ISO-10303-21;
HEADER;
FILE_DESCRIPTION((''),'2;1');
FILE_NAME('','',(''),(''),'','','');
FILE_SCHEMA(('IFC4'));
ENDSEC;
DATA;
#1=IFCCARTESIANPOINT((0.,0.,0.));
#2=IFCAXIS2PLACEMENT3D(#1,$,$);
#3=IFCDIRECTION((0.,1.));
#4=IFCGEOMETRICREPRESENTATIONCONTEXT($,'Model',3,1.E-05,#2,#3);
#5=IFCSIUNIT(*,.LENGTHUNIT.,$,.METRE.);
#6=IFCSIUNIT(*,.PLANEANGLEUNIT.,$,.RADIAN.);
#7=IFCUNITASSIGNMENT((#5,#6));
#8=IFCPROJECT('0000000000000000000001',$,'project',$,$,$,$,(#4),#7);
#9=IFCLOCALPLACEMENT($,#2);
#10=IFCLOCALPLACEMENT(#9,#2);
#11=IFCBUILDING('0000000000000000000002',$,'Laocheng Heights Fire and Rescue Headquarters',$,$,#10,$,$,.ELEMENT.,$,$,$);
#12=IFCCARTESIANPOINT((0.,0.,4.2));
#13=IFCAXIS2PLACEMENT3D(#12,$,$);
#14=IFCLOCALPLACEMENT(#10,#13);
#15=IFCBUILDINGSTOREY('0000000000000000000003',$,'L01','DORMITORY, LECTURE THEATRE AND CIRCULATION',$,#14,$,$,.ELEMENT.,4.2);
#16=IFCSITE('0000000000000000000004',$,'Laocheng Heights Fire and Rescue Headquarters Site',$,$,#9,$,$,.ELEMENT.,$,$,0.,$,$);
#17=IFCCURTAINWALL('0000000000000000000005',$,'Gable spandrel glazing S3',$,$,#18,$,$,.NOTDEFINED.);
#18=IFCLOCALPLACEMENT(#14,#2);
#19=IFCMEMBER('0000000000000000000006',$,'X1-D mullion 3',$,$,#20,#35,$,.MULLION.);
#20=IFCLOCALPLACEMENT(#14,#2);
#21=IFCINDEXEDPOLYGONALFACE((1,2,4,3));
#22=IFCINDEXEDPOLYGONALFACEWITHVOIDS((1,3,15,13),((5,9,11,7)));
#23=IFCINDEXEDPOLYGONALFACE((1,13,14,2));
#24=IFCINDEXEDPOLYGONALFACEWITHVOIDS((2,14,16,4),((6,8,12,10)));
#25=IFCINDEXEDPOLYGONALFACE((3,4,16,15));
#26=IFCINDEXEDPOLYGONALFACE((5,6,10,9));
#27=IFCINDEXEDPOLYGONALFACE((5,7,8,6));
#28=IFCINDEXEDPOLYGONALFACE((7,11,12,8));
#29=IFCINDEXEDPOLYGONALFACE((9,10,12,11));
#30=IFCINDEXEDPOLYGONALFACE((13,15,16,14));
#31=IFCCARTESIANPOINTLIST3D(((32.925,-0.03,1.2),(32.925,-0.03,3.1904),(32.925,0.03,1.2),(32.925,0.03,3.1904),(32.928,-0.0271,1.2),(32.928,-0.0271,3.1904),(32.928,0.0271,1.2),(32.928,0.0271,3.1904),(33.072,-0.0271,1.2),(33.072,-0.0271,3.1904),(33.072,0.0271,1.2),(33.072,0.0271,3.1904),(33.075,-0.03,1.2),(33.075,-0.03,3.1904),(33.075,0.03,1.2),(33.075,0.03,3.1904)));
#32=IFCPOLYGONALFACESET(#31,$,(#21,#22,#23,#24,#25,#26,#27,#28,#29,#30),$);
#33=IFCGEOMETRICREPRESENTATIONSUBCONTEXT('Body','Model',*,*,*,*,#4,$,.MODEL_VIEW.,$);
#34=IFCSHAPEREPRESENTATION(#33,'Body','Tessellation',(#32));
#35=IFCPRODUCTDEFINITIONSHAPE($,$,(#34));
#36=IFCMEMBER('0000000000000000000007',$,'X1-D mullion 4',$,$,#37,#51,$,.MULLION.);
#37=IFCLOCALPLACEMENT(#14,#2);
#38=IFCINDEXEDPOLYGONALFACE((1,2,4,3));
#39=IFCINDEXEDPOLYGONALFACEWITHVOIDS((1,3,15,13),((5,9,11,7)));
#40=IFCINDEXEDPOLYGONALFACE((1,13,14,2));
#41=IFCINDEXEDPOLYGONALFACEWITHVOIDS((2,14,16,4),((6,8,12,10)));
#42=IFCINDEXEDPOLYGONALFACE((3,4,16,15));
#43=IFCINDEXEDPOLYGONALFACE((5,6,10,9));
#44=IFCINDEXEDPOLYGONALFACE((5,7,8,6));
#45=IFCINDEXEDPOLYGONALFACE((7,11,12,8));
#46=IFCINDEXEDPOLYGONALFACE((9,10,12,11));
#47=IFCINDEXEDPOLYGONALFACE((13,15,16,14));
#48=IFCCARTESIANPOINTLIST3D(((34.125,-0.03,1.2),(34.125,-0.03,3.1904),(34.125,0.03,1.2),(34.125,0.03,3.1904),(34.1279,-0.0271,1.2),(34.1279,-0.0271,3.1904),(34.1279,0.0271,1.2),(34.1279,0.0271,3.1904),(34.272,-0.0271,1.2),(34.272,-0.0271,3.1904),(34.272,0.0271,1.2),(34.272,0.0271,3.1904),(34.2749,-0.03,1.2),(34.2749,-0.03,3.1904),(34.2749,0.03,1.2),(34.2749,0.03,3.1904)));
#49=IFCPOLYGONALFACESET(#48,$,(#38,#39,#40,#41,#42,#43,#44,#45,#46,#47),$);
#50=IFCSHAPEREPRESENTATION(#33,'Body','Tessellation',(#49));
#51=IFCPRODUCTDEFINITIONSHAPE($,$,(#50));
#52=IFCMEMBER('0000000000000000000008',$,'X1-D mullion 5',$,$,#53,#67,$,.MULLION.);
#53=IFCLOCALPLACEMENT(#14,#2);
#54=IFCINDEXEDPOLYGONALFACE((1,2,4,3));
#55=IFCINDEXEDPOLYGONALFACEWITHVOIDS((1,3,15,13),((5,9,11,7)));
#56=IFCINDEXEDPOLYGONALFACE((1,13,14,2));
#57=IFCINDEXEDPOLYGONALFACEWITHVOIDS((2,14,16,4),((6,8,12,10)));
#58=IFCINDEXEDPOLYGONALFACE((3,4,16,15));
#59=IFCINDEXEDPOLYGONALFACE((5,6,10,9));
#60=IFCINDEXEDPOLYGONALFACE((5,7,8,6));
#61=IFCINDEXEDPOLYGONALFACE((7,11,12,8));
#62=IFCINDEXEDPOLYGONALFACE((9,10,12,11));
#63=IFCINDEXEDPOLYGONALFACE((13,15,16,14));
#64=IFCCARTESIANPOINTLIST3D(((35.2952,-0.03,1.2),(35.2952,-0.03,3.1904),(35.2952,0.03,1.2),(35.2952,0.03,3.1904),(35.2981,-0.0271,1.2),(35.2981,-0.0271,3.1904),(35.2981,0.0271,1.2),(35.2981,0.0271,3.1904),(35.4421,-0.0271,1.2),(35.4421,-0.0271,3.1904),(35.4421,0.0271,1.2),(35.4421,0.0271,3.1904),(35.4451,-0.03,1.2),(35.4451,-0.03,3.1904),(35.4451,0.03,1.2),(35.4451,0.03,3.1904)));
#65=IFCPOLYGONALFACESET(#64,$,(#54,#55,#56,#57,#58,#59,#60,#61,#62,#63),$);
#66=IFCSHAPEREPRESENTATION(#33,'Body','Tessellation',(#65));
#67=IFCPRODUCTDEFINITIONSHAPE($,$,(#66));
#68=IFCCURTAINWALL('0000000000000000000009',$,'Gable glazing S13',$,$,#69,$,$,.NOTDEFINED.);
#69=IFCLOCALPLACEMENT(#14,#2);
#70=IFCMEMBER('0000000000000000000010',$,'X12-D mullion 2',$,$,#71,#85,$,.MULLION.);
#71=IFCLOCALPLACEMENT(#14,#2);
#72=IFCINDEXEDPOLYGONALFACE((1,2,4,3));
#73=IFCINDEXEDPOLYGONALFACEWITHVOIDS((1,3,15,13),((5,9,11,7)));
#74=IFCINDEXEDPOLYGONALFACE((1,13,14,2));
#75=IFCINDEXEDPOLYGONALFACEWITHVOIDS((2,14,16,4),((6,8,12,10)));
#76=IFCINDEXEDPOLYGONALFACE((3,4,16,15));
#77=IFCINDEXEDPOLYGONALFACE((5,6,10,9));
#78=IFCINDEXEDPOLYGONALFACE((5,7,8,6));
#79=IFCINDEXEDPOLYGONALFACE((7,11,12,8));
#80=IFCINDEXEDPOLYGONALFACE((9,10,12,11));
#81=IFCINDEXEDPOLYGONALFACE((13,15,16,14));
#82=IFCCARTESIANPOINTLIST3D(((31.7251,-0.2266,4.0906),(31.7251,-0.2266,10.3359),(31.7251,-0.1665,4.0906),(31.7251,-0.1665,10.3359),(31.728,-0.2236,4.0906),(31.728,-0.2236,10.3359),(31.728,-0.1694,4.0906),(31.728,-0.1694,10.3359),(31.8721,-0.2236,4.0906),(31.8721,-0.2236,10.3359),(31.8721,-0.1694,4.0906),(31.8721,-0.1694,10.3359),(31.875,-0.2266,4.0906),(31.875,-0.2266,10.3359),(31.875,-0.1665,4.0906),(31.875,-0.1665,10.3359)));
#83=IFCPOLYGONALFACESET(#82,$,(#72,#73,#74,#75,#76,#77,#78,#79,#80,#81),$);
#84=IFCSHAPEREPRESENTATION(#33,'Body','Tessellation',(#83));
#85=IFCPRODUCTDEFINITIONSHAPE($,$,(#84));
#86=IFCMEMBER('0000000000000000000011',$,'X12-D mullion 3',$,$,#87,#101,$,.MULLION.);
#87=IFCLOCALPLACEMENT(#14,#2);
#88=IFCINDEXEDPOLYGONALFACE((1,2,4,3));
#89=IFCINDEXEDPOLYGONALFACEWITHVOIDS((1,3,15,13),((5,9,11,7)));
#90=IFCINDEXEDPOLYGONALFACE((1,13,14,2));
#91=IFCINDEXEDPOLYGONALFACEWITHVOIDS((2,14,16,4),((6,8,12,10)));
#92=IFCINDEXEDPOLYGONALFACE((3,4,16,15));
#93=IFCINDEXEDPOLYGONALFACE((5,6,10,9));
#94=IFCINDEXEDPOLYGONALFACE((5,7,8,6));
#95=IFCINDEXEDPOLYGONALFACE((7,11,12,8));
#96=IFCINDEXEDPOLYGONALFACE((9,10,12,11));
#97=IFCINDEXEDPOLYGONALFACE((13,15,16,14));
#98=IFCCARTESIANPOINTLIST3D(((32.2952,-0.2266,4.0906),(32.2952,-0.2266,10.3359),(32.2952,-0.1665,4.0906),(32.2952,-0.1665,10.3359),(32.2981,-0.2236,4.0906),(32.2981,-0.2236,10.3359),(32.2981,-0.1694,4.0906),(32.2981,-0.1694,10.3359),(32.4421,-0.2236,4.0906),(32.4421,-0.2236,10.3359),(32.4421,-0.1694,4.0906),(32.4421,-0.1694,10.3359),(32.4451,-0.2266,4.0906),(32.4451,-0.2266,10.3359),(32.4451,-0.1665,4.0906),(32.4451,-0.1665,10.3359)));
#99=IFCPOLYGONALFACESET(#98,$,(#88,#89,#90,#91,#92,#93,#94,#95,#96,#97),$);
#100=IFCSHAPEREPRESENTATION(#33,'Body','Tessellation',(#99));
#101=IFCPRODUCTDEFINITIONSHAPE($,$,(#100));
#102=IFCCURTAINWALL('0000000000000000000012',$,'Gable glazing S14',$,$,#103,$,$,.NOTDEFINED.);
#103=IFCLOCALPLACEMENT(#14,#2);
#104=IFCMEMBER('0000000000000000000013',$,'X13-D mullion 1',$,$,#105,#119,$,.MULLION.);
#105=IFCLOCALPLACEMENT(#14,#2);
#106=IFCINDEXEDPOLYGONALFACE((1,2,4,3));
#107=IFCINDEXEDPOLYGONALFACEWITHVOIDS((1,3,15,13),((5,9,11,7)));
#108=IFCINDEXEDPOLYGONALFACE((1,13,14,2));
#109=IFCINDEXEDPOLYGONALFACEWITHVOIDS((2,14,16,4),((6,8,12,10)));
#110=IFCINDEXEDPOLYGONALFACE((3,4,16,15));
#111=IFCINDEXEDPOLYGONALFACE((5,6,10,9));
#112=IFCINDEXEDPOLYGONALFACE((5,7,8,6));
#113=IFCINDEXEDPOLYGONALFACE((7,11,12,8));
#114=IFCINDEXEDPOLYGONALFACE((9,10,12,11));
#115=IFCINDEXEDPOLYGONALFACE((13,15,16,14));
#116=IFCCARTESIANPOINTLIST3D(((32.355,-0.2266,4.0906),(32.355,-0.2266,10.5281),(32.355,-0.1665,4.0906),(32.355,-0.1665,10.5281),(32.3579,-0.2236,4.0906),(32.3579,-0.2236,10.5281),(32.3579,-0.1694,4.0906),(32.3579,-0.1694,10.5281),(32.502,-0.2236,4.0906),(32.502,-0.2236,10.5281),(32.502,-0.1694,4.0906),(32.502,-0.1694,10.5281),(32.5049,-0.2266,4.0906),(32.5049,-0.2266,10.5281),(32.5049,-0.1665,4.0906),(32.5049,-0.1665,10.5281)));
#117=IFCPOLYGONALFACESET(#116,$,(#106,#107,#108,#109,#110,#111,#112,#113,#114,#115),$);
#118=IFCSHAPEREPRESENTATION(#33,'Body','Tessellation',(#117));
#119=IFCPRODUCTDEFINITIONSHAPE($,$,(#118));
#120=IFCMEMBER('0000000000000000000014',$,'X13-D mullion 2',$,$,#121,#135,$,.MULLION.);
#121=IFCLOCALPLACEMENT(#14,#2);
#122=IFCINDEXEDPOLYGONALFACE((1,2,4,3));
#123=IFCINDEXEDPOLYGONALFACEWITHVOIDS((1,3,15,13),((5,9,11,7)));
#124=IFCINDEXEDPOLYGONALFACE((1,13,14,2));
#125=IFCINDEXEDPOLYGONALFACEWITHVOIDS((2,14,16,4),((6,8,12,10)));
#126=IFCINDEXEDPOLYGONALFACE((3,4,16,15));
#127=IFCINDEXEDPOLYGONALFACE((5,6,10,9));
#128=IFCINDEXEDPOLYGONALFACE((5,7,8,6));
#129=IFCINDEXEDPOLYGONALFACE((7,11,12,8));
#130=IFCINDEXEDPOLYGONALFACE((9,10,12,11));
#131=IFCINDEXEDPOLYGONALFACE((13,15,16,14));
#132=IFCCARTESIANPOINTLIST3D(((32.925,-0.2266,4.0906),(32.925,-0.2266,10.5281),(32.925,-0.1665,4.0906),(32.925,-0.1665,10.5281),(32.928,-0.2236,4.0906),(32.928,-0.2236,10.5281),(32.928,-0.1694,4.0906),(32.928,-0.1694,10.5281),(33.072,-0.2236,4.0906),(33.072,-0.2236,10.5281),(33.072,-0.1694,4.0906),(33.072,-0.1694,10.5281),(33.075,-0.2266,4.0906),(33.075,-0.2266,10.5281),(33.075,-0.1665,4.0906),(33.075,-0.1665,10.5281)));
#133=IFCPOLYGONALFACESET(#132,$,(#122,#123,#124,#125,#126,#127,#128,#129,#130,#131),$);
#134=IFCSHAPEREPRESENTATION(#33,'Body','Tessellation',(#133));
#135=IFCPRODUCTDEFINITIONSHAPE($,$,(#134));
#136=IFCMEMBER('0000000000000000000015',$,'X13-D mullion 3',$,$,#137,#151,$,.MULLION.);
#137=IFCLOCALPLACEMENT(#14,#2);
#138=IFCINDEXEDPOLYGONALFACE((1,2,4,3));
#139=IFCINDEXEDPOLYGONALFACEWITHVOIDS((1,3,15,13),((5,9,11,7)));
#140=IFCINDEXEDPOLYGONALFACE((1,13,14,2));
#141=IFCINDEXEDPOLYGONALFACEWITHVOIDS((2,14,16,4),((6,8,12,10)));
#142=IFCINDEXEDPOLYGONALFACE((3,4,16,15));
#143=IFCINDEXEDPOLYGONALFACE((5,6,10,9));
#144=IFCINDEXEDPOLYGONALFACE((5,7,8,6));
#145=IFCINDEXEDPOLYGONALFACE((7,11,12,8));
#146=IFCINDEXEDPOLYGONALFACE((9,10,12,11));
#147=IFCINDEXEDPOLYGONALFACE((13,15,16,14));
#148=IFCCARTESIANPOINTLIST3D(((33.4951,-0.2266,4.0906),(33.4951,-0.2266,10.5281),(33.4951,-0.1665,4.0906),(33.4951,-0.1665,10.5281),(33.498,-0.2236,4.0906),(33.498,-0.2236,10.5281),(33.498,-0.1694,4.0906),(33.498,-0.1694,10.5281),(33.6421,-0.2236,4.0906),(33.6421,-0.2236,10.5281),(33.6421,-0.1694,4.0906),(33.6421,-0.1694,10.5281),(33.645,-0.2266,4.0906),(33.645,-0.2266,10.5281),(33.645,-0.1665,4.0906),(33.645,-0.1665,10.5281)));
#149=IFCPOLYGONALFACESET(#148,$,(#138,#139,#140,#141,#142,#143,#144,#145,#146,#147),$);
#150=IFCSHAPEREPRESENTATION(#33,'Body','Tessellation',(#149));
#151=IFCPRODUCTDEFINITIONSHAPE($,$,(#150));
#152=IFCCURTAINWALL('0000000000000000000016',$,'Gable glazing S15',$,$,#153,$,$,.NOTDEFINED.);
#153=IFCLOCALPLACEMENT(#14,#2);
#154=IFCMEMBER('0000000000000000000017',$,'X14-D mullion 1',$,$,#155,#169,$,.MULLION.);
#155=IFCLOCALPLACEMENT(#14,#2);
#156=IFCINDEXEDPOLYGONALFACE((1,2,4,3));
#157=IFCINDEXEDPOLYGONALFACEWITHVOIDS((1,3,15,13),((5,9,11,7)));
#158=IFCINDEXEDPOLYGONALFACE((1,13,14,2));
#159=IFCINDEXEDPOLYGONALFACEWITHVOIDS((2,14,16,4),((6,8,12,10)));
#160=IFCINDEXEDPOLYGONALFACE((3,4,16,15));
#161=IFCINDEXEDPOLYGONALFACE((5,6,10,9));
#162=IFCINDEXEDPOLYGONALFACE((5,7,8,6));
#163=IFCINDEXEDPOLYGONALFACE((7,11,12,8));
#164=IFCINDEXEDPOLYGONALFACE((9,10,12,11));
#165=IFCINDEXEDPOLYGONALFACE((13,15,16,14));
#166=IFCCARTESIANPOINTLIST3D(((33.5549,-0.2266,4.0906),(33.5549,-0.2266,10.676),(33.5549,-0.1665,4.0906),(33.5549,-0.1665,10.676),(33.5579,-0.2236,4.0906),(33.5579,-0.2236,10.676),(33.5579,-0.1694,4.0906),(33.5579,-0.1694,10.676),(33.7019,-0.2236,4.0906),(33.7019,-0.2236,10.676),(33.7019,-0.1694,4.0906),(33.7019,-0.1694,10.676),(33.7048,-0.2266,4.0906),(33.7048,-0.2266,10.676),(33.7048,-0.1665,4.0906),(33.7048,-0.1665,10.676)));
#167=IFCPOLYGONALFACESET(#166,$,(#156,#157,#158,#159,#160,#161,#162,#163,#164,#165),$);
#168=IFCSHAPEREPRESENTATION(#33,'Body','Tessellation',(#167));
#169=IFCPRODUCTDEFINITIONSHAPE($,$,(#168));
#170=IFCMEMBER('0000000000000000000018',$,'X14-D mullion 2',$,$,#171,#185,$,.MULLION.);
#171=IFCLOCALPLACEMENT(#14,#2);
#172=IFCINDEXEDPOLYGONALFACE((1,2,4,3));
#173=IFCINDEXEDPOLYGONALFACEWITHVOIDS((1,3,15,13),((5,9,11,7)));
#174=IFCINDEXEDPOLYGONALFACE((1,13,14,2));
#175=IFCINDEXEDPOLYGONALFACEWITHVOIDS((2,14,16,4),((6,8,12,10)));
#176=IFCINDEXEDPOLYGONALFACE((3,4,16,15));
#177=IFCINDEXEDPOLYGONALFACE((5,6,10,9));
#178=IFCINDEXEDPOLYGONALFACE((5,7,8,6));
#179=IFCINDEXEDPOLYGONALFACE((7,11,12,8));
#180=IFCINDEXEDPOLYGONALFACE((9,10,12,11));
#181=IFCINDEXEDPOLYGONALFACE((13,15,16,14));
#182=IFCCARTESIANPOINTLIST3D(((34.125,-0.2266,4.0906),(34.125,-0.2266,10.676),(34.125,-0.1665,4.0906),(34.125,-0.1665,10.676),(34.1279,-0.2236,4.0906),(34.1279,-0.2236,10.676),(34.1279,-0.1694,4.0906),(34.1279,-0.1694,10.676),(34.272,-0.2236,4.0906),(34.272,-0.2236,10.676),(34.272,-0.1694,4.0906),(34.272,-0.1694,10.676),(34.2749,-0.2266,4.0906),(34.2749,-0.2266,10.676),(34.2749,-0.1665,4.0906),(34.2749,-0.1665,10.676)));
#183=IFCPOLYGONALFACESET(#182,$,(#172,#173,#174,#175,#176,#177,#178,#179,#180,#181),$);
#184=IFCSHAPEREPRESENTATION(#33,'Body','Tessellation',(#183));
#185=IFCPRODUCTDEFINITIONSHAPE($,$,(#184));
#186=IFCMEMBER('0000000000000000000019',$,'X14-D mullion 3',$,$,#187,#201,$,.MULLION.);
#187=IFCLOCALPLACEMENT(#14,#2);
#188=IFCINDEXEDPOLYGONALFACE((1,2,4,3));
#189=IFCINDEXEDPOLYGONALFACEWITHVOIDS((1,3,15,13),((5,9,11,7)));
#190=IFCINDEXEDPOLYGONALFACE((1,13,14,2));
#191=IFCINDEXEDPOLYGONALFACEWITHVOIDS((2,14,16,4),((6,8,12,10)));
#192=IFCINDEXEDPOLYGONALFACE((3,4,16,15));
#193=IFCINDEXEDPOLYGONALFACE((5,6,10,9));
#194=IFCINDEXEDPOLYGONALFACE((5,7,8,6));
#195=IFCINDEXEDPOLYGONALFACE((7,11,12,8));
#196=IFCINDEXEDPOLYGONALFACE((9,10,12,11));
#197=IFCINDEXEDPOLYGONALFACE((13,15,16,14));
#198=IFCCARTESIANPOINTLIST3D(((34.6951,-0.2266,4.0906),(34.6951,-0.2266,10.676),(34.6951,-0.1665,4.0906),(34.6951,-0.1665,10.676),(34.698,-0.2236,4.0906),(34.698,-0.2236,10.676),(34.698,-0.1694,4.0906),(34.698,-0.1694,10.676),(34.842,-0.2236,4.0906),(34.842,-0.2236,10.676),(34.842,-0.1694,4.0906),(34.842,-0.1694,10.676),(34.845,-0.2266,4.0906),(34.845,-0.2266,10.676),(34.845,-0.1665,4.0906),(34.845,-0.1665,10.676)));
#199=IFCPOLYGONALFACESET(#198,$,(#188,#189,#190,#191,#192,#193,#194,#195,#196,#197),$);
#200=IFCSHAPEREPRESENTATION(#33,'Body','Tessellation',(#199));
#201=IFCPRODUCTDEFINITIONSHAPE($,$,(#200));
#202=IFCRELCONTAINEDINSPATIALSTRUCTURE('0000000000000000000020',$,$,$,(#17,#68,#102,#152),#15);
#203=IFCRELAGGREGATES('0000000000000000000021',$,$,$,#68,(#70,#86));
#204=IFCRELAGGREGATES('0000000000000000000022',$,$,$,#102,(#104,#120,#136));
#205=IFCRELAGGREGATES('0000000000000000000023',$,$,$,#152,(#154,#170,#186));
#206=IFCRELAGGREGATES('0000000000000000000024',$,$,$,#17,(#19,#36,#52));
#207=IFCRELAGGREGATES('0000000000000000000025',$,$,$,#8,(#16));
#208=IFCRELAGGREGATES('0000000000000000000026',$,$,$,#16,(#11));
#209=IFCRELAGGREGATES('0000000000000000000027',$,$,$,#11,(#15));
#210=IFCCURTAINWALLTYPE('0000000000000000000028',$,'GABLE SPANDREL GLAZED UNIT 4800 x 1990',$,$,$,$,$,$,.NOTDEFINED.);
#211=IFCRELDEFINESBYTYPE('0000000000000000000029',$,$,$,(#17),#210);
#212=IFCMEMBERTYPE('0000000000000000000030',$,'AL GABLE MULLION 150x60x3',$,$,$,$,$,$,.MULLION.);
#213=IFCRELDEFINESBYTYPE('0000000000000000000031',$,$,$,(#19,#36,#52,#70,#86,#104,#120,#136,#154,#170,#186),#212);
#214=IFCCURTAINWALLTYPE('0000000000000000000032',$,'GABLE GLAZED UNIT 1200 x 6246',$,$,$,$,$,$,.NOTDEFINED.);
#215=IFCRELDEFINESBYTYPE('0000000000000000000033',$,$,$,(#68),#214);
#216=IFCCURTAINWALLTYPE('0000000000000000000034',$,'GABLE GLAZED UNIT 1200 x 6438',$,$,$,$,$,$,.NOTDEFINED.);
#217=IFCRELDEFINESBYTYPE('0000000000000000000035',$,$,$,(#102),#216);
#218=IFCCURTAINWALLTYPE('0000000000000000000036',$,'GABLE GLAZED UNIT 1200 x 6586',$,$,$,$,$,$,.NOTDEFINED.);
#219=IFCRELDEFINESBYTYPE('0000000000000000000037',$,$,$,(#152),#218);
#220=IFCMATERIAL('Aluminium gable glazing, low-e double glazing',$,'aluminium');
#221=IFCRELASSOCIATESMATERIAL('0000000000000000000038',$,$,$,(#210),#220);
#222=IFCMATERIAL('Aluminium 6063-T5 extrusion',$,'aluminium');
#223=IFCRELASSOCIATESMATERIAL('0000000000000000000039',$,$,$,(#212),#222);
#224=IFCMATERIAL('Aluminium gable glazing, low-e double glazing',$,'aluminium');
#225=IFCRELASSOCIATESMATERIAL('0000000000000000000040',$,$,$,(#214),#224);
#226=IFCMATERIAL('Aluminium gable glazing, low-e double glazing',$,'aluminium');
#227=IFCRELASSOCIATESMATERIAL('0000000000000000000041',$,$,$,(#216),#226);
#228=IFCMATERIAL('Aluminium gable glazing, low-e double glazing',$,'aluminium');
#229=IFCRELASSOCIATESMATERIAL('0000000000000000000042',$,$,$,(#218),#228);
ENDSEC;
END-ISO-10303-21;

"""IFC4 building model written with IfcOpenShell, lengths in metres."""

from ifc_helpers import new_model, si_unit, direction, frame, origin, origin_2d, place, context, subcontext, project, spatial, hollow_rectangle, extrude, material, material_profile, profile_set, type_object, element, aggregate, save


model = new_model("IFC4")

# Units and contexts
model_context = context("Model", 3, precision=1e-05, world=origin(), true_north=direction((0.0, 1.0)))
body_context = subcontext(model_context, "Body", "Model", "MODEL_VIEW")
ifc_project = project(units=[si_unit("LENGTHUNIT", "METRE"), si_unit("PLANEANGLEUNIT", "RADIAN")], contexts=[model_context])

# Site, building, storey
site_placement = place(None, origin())
site = spatial("IfcSite", under=ifc_project, at=site_placement, Name="Laocheng Heights Fire and Rescue Headquarters Site", CompositionType="ELEMENT", RefElevation=0.0)
building_placement = place(site_placement, origin())
building = spatial("IfcBuilding", under=site, at=building_placement, Name="Laocheng Heights Fire and Rescue Headquarters", CompositionType="ELEMENT")
storey_placement = place(building_placement, frame((0.0, 0.0, 4.2)))
storey = spatial("IfcBuildingStorey", under=building, at=storey_placement, Name="L01", Description="DORMITORY, LECTURE THEATRE AND CIRCULATION", CompositionType="ELEMENT", Elevation=4.2)

# Curtain walls, members
ifc_material_1 = material(Name="Aluminium gable glazing, low-e double glazing", Category="aluminium")
curtain_wall_type_1 = type_object("IfcCurtainWallType", Name="GABLE SPANDREL GLAZED UNIT 4800 x 1990", PredefinedType="NOTDEFINED", material=ifc_material_1)
curtain_wall_1_placement = place(storey_placement, origin())
curtain_wall_1 = element("IfcCurtainWall", 1, at=curtain_wall_1_placement, inside=storey, type_object=curtain_wall_type_1, Name="Gable spandrel glazing S3", PredefinedType="NOTDEFINED")
ifc_material_2 = material(Name="Aluminium 6063-T5 extrusion", Category="aluminium")
ifc_material_profile_1 = material_profile(ifc_material_2, hollow_rectangle(XDim=0.0601, YDim=0.1499, WallThickness=0.0029, at=origin_2d()), Name="AL MULLION 150x60x3")
ifc_profile_set_1 = profile_set([ifc_material_profile_1], Name="Aluminium 6063-T5 extrusion")
member_type_1 = type_object("IfcMemberType", Name="AL GABLE MULLION 150x60x3", PredefinedType="MULLION", material=ifc_profile_set_1)
member_1_placement = place(storey_placement, frame((33.0, 0.0, 1.2), z_axis=(0.0, 0.0, 1.0), x_axis=(0.0, 1.0, 0.0)))
member_1 = element("IfcMember", 2, at=member_1_placement, type_object=member_type_1, Name="X1-D mullion 3", PredefinedType="MULLION", context=body_context, shape_type="SweptSolid", body=[
    extrude(hollow_rectangle(XDim=0.0601, YDim=0.1499, WallThickness=0.0029, at=origin_2d()), origin(), (0.0, 0.0, 1.0), 1.9905),
])
member_2_placement = place(storey_placement, frame((34.2, 0.0, 1.2), z_axis=(0.0, 0.0, 1.0), x_axis=(0.0, 1.0, 0.0)))
member_2 = element("IfcMember", 3, at=member_2_placement, type_object=member_type_1, Name="X1-D mullion 4", PredefinedType="MULLION", context=body_context, shape_type="SweptSolid", body=[
    extrude(hollow_rectangle(XDim=0.0601, YDim=0.1499, WallThickness=0.0029, at=origin_2d()), origin(), (0.0, 0.0, 1.0), 1.9905),
])
member_3_placement = place(storey_placement, frame((35.3701, 0.0, 1.2), z_axis=(0.0, 0.0, 1.0), x_axis=(0.0, 1.0, 0.0)))
member_3 = element("IfcMember", 4, at=member_3_placement, type_object=member_type_1, Name="X1-D mullion 5", PredefinedType="MULLION", context=body_context, shape_type="SweptSolid", body=[
    extrude(hollow_rectangle(XDim=0.0601, YDim=0.1499, WallThickness=0.0029, at=origin_2d()), origin(), (0.0, 0.0, 1.0), 1.9905),
])
ifc_material_3 = material(Name="Aluminium gable glazing, low-e double glazing", Category="aluminium")
curtain_wall_type_2 = type_object("IfcCurtainWallType", Name="GABLE GLAZED UNIT 1200 x 6246", PredefinedType="NOTDEFINED", material=ifc_material_3)
curtain_wall_2_placement = place(storey_placement, origin())
curtain_wall_2 = element("IfcCurtainWall", 5, at=curtain_wall_2_placement, inside=storey, type_object=curtain_wall_type_2, Name="Gable glazing S13", PredefinedType="NOTDEFINED")
member_4_placement = place(storey_placement, frame((31.8, -0.1965, 4.0906), z_axis=(0.0, 0.0, 1.0), x_axis=(0.0, 1.0, 0.0)))
member_4 = element("IfcMember", 6, at=member_4_placement, type_object=member_type_1, Name="X12-D mullion 2", PredefinedType="MULLION", context=body_context, shape_type="SweptSolid", body=[
    extrude(hollow_rectangle(XDim=0.0601, YDim=0.1499, WallThickness=0.0029, at=origin_2d()), origin(), (0.0, 0.0, 1.0), 6.2454),
])
member_5_placement = place(storey_placement, frame((32.3701, -0.1965, 4.0906), z_axis=(0.0, 0.0, 1.0), x_axis=(0.0, 1.0, 0.0)))
member_5 = element("IfcMember", 7, at=member_5_placement, type_object=member_type_1, Name="X12-D mullion 3", PredefinedType="MULLION", context=body_context, shape_type="SweptSolid", body=[
    extrude(hollow_rectangle(XDim=0.0601, YDim=0.1499, WallThickness=0.0029, at=origin_2d()), origin(), (0.0, 0.0, 1.0), 6.2454),
])
aggregate(curtain_wall_2, [member_4, member_5])
ifc_material_4 = material(Name="Aluminium gable glazing, low-e double glazing", Category="aluminium")
curtain_wall_type_3 = type_object("IfcCurtainWallType", Name="GABLE GLAZED UNIT 1200 x 6438", PredefinedType="NOTDEFINED", material=ifc_material_4)
curtain_wall_3_placement = place(storey_placement, origin())
curtain_wall_3 = element("IfcCurtainWall", 8, at=curtain_wall_3_placement, inside=storey, type_object=curtain_wall_type_3, Name="Gable glazing S14", PredefinedType="NOTDEFINED")
member_6_placement = place(storey_placement, frame((32.4299, -0.1965, 4.0906), z_axis=(0.0, 0.0, 1.0), x_axis=(0.0, 1.0, 0.0)))
member_6 = element("IfcMember", 9, at=member_6_placement, type_object=member_type_1, Name="X13-D mullion 1", PredefinedType="MULLION", context=body_context, shape_type="SweptSolid", body=[
    extrude(hollow_rectangle(XDim=0.0601, YDim=0.1499, WallThickness=0.0029, at=origin_2d()), origin(), (0.0, 0.0, 1.0), 6.4375),
])
member_7_placement = place(storey_placement, frame((33.0, -0.1965, 4.0906), z_axis=(0.0, 0.0, 1.0), x_axis=(0.0, 1.0, 0.0)))
member_7 = element("IfcMember", 10, at=member_7_placement, type_object=member_type_1, Name="X13-D mullion 2", PredefinedType="MULLION", context=body_context, shape_type="SweptSolid", body=[
    extrude(hollow_rectangle(XDim=0.0601, YDim=0.1499, WallThickness=0.0029, at=origin_2d()), origin(), (0.0, 0.0, 1.0), 6.4375),
])
member_8_placement = place(storey_placement, frame((33.5701, -0.1965, 4.0906), z_axis=(0.0, 0.0, 1.0), x_axis=(0.0, 1.0, 0.0)))
member_8 = element("IfcMember", 11, at=member_8_placement, type_object=member_type_1, Name="X13-D mullion 3", PredefinedType="MULLION", context=body_context, shape_type="SweptSolid", body=[
    extrude(hollow_rectangle(XDim=0.0601, YDim=0.1499, WallThickness=0.0029, at=origin_2d()), origin(), (0.0, 0.0, 1.0), 6.4375),
])
aggregate(curtain_wall_3, [member_6, member_7, member_8])
ifc_material_5 = material(Name="Aluminium gable glazing, low-e double glazing", Category="aluminium")
curtain_wall_type_4 = type_object("IfcCurtainWallType", Name="GABLE GLAZED UNIT 1200 x 6586", PredefinedType="NOTDEFINED", material=ifc_material_5)
curtain_wall_4_placement = place(storey_placement, origin())
curtain_wall_4 = element("IfcCurtainWall", 12, at=curtain_wall_4_placement, inside=storey, type_object=curtain_wall_type_4, Name="Gable glazing S15", PredefinedType="NOTDEFINED")
member_9_placement = place(storey_placement, frame((33.6299, -0.1965, 4.0906), z_axis=(0.0, 0.0, 1.0), x_axis=(0.0, 1.0, 0.0)))
member_9 = element("IfcMember", 13, at=member_9_placement, type_object=member_type_1, Name="X14-D mullion 1", PredefinedType="MULLION", context=body_context, shape_type="SweptSolid", body=[
    extrude(hollow_rectangle(XDim=0.0601, YDim=0.1499, WallThickness=0.0029, at=origin_2d()), origin(), (0.0, 0.0, 1.0), 6.5854),
])
member_10_placement = place(storey_placement, frame((34.2, -0.1965, 4.0906), z_axis=(0.0, 0.0, 1.0), x_axis=(0.0, 1.0, 0.0)))
member_10 = element("IfcMember", 14, at=member_10_placement, type_object=member_type_1, Name="X14-D mullion 2", PredefinedType="MULLION", context=body_context, shape_type="SweptSolid", body=[
    extrude(hollow_rectangle(XDim=0.0601, YDim=0.1499, WallThickness=0.0029, at=origin_2d()), origin(), (0.0, 0.0, 1.0), 6.5854),
])
member_11_placement = place(storey_placement, frame((34.77, -0.1965, 4.0906), z_axis=(0.0, 0.0, 1.0), x_axis=(0.0, 1.0, 0.0)))
member_11 = element("IfcMember", 15, at=member_11_placement, type_object=member_type_1, Name="X14-D mullion 3", PredefinedType="MULLION", context=body_context, shape_type="SweptSolid", body=[
    extrude(hollow_rectangle(XDim=0.0601, YDim=0.1499, WallThickness=0.0029, at=origin_2d()), origin(), (0.0, 0.0, 1.0), 6.5854),
])
aggregate(curtain_wall_4, [member_9, member_10, member_11])

aggregate(curtain_wall_1, [member_1, member_2, member_3])

save(model, "model.ifc")
